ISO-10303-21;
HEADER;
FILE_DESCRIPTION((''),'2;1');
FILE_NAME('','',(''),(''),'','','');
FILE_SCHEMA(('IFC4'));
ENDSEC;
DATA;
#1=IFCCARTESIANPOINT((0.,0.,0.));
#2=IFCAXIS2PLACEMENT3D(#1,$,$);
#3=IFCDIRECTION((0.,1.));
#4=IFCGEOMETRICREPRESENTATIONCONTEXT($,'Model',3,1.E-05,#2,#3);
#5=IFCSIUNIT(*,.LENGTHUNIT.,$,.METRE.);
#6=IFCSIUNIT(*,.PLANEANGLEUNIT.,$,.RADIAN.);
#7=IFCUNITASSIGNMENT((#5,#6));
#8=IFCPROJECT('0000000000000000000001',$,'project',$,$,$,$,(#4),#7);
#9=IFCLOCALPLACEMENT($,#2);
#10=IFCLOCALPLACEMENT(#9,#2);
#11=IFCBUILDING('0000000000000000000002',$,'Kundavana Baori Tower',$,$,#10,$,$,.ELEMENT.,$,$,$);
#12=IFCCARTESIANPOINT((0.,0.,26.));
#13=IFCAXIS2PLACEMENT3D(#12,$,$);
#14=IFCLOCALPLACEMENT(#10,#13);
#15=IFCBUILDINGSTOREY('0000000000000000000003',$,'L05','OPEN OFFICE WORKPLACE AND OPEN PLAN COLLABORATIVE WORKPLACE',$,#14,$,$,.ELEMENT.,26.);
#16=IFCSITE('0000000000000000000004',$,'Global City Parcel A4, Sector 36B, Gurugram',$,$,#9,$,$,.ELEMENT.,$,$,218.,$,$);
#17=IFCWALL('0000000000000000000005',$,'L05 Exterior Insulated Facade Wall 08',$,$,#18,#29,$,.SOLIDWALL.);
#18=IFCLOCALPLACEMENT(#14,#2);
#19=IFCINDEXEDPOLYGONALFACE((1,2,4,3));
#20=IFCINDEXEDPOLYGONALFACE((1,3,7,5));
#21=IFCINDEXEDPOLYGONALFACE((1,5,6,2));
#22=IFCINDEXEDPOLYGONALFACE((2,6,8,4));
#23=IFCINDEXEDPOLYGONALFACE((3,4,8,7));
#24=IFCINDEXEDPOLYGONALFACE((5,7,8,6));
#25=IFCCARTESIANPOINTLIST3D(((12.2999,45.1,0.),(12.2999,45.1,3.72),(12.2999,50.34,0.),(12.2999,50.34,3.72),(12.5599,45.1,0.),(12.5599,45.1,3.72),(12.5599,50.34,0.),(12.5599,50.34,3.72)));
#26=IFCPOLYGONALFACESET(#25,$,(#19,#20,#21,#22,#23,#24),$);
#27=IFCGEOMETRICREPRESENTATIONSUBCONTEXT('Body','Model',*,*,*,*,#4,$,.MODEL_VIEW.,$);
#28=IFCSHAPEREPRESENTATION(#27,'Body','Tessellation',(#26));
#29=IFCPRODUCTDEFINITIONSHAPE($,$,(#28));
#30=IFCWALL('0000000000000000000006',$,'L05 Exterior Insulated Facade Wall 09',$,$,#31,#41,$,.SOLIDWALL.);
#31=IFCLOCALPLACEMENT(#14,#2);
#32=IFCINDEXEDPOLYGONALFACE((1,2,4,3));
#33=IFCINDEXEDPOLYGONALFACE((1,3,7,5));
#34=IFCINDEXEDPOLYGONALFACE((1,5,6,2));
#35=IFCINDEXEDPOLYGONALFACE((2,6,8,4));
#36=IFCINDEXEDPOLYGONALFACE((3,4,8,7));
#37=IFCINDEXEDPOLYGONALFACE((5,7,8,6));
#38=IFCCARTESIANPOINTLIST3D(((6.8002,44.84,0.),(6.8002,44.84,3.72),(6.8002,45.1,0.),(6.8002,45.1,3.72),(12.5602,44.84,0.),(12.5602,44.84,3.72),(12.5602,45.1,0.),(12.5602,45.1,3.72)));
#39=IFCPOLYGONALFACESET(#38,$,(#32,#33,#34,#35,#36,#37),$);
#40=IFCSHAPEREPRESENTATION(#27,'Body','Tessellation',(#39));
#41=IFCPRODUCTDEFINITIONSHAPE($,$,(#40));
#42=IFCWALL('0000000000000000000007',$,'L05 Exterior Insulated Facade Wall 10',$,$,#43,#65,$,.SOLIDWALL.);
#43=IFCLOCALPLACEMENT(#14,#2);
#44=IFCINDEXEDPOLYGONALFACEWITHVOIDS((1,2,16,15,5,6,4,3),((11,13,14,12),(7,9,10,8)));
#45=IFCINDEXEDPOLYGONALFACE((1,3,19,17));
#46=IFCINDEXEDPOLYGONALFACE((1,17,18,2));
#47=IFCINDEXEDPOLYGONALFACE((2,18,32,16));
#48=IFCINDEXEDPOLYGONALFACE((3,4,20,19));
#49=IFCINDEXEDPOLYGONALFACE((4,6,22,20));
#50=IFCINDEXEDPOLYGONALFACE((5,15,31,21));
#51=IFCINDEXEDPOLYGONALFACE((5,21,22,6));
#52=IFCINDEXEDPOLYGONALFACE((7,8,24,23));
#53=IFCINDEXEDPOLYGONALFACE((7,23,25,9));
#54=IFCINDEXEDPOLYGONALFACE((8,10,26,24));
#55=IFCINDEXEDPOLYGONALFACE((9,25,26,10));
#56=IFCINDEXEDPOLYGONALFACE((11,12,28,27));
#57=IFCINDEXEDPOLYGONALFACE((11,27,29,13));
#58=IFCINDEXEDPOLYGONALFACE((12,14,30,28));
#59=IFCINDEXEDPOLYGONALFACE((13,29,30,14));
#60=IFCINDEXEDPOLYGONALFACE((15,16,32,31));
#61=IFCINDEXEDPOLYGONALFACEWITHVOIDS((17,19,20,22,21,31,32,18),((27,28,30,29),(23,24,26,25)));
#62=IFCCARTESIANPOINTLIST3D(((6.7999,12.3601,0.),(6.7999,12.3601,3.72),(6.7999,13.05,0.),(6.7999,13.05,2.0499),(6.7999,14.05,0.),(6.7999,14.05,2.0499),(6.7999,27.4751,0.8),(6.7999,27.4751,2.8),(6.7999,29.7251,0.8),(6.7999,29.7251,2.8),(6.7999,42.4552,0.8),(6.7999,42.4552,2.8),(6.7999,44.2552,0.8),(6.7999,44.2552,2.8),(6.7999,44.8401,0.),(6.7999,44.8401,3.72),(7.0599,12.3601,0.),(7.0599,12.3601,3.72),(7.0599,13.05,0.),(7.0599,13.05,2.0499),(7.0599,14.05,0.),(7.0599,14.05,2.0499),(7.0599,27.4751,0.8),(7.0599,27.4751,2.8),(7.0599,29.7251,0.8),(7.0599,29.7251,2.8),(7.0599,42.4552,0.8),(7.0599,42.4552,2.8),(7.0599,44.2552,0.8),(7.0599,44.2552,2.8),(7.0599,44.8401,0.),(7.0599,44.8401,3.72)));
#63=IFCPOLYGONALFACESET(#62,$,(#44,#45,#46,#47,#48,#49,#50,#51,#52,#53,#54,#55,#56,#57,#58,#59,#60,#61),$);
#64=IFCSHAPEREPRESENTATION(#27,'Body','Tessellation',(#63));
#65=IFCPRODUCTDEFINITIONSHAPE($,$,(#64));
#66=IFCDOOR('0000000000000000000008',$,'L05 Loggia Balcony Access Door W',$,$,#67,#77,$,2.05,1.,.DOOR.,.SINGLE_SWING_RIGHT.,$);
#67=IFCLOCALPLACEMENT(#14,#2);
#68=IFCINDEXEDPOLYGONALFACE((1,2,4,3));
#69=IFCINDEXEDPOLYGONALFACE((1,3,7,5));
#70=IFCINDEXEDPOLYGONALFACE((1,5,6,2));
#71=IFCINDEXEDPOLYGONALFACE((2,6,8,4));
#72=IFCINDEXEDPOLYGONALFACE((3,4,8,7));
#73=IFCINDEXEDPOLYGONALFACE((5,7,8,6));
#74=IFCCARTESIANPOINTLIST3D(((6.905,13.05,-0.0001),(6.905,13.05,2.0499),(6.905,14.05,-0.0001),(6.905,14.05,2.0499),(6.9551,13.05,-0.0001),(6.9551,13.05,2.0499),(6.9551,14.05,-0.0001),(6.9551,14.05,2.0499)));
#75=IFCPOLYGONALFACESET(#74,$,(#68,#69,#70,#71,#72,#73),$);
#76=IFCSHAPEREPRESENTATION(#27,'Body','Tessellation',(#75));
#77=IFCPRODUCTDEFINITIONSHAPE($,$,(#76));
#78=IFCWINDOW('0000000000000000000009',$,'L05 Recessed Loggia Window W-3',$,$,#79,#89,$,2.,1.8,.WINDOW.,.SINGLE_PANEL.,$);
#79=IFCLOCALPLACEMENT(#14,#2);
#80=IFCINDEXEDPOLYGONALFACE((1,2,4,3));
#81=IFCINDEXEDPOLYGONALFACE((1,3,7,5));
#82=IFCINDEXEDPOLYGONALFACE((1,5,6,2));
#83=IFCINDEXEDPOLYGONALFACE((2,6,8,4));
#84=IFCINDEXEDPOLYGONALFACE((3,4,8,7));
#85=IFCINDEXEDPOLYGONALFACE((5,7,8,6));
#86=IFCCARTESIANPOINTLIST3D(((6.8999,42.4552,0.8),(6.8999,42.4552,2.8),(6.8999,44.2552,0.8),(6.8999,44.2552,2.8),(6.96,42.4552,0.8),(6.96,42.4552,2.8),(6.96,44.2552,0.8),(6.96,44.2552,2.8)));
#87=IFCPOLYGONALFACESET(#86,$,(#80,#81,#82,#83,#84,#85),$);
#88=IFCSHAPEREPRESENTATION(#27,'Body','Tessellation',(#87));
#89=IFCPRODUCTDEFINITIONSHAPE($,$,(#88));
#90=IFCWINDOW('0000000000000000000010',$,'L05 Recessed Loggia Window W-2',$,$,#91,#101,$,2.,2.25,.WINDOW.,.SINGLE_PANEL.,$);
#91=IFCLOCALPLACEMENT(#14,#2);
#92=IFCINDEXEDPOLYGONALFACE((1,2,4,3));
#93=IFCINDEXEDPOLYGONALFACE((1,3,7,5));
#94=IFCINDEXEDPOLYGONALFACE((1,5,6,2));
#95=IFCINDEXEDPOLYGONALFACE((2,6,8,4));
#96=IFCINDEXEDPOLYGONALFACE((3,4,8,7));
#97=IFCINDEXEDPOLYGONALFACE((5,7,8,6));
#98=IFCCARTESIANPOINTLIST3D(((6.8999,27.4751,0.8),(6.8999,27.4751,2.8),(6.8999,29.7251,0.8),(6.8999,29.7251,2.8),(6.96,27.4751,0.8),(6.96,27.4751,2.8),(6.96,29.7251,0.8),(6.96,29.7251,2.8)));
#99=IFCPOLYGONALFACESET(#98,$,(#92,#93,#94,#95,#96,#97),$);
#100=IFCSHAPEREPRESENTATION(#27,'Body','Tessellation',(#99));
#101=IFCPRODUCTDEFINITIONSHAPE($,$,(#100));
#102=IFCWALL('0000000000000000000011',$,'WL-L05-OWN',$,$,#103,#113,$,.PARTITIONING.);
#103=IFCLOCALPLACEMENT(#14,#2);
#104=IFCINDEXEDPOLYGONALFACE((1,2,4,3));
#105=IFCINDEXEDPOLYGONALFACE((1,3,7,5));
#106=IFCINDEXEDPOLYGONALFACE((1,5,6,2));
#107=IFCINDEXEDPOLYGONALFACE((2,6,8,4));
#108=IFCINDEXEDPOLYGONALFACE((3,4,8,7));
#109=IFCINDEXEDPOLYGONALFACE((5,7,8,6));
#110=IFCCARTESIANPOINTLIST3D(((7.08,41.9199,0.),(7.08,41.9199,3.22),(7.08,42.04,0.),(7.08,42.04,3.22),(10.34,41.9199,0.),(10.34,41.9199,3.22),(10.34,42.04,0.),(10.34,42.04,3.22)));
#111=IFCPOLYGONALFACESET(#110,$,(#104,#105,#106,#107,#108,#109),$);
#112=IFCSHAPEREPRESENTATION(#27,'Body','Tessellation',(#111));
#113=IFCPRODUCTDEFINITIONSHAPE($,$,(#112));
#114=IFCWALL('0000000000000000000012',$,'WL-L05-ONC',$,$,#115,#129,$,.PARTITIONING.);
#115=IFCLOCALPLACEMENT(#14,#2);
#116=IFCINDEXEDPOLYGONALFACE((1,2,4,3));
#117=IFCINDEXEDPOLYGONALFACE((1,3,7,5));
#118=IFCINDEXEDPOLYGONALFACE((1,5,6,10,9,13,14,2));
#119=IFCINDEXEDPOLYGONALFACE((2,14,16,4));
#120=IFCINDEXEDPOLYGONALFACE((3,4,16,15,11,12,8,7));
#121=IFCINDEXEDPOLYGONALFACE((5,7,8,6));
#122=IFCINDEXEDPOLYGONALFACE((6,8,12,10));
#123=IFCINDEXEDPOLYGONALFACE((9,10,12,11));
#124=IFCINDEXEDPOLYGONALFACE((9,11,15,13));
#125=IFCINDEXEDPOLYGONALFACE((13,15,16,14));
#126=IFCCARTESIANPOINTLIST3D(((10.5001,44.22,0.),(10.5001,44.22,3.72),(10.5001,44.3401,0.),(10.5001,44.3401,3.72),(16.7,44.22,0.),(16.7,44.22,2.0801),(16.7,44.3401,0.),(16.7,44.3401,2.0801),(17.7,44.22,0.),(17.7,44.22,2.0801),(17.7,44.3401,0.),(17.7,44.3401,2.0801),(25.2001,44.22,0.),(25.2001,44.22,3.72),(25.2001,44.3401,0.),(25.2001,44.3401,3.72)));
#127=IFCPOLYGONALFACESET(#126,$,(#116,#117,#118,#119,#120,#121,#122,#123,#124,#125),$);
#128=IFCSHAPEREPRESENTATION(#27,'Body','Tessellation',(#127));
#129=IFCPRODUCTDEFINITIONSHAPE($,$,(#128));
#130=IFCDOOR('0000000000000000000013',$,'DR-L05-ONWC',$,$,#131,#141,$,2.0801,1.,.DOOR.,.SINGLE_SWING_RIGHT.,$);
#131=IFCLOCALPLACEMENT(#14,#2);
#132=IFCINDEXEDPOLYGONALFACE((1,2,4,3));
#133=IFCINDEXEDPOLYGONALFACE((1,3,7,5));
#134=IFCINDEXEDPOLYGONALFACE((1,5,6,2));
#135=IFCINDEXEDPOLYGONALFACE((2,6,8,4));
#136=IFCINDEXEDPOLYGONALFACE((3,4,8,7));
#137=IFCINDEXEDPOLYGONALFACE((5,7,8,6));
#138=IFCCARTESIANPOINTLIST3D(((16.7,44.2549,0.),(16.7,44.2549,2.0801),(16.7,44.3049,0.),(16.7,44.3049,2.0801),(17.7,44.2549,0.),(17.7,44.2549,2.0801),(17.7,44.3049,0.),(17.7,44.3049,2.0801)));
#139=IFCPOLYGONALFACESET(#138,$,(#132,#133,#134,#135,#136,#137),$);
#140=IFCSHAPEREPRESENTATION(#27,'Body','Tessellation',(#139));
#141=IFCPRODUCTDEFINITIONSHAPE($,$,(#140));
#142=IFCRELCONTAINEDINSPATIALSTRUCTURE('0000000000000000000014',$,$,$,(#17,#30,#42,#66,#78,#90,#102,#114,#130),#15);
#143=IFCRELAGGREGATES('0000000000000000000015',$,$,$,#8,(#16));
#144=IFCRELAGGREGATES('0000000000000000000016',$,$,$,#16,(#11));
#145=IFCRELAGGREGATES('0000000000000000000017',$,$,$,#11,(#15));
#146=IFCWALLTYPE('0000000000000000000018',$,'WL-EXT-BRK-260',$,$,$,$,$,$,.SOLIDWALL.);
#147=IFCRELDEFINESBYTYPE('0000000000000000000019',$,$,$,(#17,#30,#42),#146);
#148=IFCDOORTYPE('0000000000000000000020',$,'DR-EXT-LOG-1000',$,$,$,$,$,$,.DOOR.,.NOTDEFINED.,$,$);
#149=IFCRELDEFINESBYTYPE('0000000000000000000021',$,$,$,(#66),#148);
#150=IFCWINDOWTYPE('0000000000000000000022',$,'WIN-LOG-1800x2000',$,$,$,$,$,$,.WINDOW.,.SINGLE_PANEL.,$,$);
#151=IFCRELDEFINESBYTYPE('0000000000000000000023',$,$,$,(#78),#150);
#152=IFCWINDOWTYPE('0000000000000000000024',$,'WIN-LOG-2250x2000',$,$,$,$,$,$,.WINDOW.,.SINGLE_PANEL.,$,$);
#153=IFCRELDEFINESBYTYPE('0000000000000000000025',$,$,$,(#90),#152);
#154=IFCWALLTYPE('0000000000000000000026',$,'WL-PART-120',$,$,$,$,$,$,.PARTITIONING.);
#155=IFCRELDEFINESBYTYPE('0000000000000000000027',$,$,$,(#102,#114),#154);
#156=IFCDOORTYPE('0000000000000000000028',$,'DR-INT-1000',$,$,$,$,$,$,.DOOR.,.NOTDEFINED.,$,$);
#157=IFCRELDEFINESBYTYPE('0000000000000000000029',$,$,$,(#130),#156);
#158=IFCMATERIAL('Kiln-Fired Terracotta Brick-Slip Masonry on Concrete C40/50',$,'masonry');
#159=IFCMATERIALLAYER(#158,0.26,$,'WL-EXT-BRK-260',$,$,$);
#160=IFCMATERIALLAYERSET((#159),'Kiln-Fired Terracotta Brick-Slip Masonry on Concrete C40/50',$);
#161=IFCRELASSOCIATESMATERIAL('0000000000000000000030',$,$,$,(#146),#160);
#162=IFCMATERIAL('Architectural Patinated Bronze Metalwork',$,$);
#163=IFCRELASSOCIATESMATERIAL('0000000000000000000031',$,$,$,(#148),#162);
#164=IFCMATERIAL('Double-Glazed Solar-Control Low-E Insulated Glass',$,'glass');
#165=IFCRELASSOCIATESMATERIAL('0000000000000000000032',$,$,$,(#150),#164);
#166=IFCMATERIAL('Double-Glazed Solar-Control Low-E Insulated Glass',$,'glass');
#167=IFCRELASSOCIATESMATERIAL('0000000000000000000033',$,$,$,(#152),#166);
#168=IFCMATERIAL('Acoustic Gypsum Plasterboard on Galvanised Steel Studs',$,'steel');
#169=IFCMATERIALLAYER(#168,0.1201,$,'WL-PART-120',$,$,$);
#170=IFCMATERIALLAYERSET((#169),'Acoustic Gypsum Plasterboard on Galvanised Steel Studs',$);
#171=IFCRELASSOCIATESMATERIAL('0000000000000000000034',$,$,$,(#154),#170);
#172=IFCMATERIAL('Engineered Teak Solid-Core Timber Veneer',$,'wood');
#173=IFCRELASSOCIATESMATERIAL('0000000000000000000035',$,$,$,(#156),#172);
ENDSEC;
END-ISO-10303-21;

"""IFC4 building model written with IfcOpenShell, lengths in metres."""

from ifc_helpers import new_model, si_unit, direction, frame, frame_2d, origin, place, context, subcontext, project, spatial, rectangle, extrude, material, layer, layer_set, type_object, element, fill, save


model = new_model("IFC4")

# Units and contexts
model_context = context("Model", 3, precision=1e-05, world=origin(), true_north=direction((0.0, 1.0)))
body_context = subcontext(model_context, "Body", "Model", "MODEL_VIEW")
ifc_project = project(units=[si_unit("LENGTHUNIT", "METRE"), si_unit("PLANEANGLEUNIT", "RADIAN")], contexts=[model_context])

# Site, building, storey
site_placement = place(None, origin())
site = spatial("IfcSite", under=ifc_project, at=site_placement, Name="Global City Parcel A4, Sector 36B, Gurugram", CompositionType="ELEMENT", RefElevation=218.0)
building_placement = place(site_placement, origin())
building = spatial("IfcBuilding", under=site, at=building_placement, Name="Kundavana Baori Tower", CompositionType="ELEMENT")
storey_placement = place(building_placement, frame((0.0, 0.0, 26.0)))
storey = spatial("IfcBuildingStorey", under=building, at=storey_placement, Name="L05", Description="OPEN OFFICE WORKPLACE AND OPEN PLAN COLLABORATIVE WORKPLACE", CompositionType="ELEMENT", Elevation=26.0)

# Walls
ifc_material_1 = material(Name="Kiln-Fired Terracotta Brick-Slip Masonry on Concrete C40/50", Category="masonry")
ifc_layer_1 = layer(ifc_material_1, 0.26, Name="WL-EXT-BRK-260")
ifc_layer_set_1 = layer_set([ifc_layer_1], Name="Kiln-Fired Terracotta Brick-Slip Masonry on Concrete C40/50")
wall_type_1 = type_object("IfcWallType", Name="WL-EXT-BRK-260", PredefinedType="SOLIDWALL", material=ifc_layer_set_1)
wall_1_placement = place(storey_placement, frame((12.4299, 50.3401, 0.0), z_axis=(0.0, 0.0, 1.0), x_axis=(0.0, -1.0, 0.0)))
element("IfcWall", 1, at=wall_1_placement, inside=storey, type_object=wall_type_1, Name="L05 Exterior Insulated Facade Wall 08", PredefinedType="SOLIDWALL", context=body_context, shape_type="SweptSolid", body=[
    extrude(rectangle(XDim=5.24, YDim=0.26, at=frame_2d((2.6201, 0.0))), origin(), (0.0, 0.0, 1.0), 3.72),
])
wall_2_placement = place(storey_placement, frame((12.5601, 44.97, 0.0), z_axis=(0.0, 0.0, 1.0), x_axis=(-1.0, 0.0, 0.0)))
element("IfcWall", 2, at=wall_2_placement, inside=storey, type_object=wall_type_1, Name="L05 Exterior Insulated Facade Wall 09", PredefinedType="SOLIDWALL", context=body_context, shape_type="SweptSolid", body=[
    extrude(rectangle(XDim=5.76, YDim=0.26, at=frame_2d((2.8799, 0.0))), origin(), (0.0, 0.0, 1.0), 3.72),
])

# Wall, openings, door, windows
wall_3_placement = place(storey_placement, frame((6.9299, 44.8401, 0.0), z_axis=(0.0, 0.0, 1.0), x_axis=(0.0, -1.0, 0.0)))
wall_3 = element("IfcWall", 3, at=wall_3_placement, inside=storey, type_object=wall_type_1, Name="L05 Exterior Insulated Facade Wall 10", PredefinedType="SOLIDWALL", context=body_context, shape_type="SweptSolid", body=[
    extrude(rectangle(XDim=32.48, YDim=0.26, at=frame_2d((16.24, 0.0))), origin(), (0.0, 0.0, 1.0), 3.72),
])
opening_1_placement = place(wall_3_placement, frame((30.79, 0.0, 0.0)))
opening_1 = element("IfcOpeningElement", 4, at=opening_1_placement, cuts=wall_3, PredefinedType="OPENING", context=body_context, shape_type="SweptSolid", body=[
    extrude(rectangle(XDim=1.0, YDim=2.05, at=frame_2d((0.5, 1.0249))), frame((0.0, 0.1401, 0.0), z_axis=(0.0, -1.0, 0.0), x_axis=(1.0, 0.0, 0.0)), (0.0, 0.0, 1.0), 0.28),
])
opening_2_placement = place(wall_3_placement, frame((15.115, 0.0, 0.8)))
opening_2 = element("IfcOpeningElement", 5, at=opening_2_placement, cuts=wall_3, PredefinedType="OPENING", context=body_context, shape_type="SweptSolid", body=[
    extrude(rectangle(XDim=2.25, YDim=2.0, at=frame_2d((1.125, 1.0))), frame((0.0, 0.1401, 0.0), z_axis=(0.0, -1.0, 0.0), x_axis=(1.0, 0.0, 0.0)), (0.0, 0.0, 1.0), 0.28),
])
opening_3_placement = place(wall_3_placement, frame((0.585, 0.0, 0.8)))
opening_3 = element("IfcOpeningElement", 6, at=opening_3_placement, cuts=wall_3, PredefinedType="OPENING", context=body_context, shape_type="SweptSolid", body=[
    extrude(rectangle(XDim=1.8, YDim=2.0, at=frame_2d((0.8999, 1.0))), frame((0.0, 0.1401, 0.0), z_axis=(0.0, -1.0, 0.0), x_axis=(1.0, 0.0, 0.0)), (0.0, 0.0, 1.0), 0.28),
])
ifc_material_2 = material(Name="Architectural Patinated Bronze Metalwork")
door_type_1 = type_object("IfcDoorType", Name="DR-EXT-LOG-1000", OperationType="NOTDEFINED", PredefinedType="DOOR", material=ifc_material_2)
door_1_placement = place(opening_1_placement, frame((1.0, 0.0, 0.0), z_axis=(0.0, 0.0, 1.0), x_axis=(-1.0, 0.0, 0.0)))
door_1 = element("IfcDoor", 7, at=door_1_placement, inside=storey, type_object=door_type_1, Name="L05 Loggia Balcony Access Door W", OperationType="SINGLE_SWING_RIGHT", OverallHeight=2.05, OverallWidth=1.0, PredefinedType="DOOR", context=body_context, shape_type="SweptSolid", body=[
    extrude(rectangle(XDim=1.0, YDim=2.05, at=frame_2d((0.5, 1.0249))), frame((0.0, 0.0249, 0.0), z_axis=(0.0, -1.0, 0.0), x_axis=(1.0, 0.0, 0.0)), (0.0, 0.0, 1.0), 0.05),
])
fill(opening_1, door_1)
ifc_material_3 = material(Name="Double-Glazed Solar-Control Low-E Insulated Glass", Category="glass")
window_type_1 = type_object("IfcWindowType", Name="WIN-LOG-1800x2000", PartitioningType="SINGLE_PANEL", PredefinedType="WINDOW", material=ifc_material_3)
window_1_placement = place(opening_3_placement, origin())
window_1 = element("IfcWindow", 8, at=window_1_placement, inside=storey, type_object=window_type_1, Name="L05 Recessed Loggia Window W-3", OverallHeight=2.0, OverallWidth=1.8, PartitioningType="SINGLE_PANEL", PredefinedType="WINDOW", context=body_context, shape_type="SweptSolid", body=[
    extrude(rectangle(XDim=1.8, YDim=2.0, at=frame_2d((0.8999, 1.0))), frame((0.0, 0.03, 0.0), z_axis=(0.0, -1.0, 0.0), x_axis=(1.0, 0.0, 0.0)), (0.0, 0.0, 1.0), 0.0601),
])
fill(opening_3, window_1)
ifc_material_4 = material(Name="Double-Glazed Solar-Control Low-E Insulated Glass", Category="glass")
window_type_2 = type_object("IfcWindowType", Name="WIN-LOG-2250x2000", PartitioningType="SINGLE_PANEL", PredefinedType="WINDOW", material=ifc_material_4)
window_2_placement = place(opening_2_placement, origin())
window_2 = element("IfcWindow", 9, at=window_2_placement, inside=storey, type_object=window_type_2, Name="L05 Recessed Loggia Window W-2", OverallHeight=2.0, OverallWidth=2.25, PartitioningType="SINGLE_PANEL", PredefinedType="WINDOW", context=body_context, shape_type="SweptSolid", body=[
    extrude(rectangle(XDim=2.25, YDim=2.0, at=frame_2d((1.125, 1.0))), frame((0.0, 0.03, 0.0), z_axis=(0.0, -1.0, 0.0), x_axis=(1.0, 0.0, 0.0)), (0.0, 0.0, 1.0), 0.0601),
])
fill(opening_2, window_2)

# Wall
ifc_material_5 = material(Name="Acoustic Gypsum Plasterboard on Galvanised Steel Studs", Category="steel")
ifc_layer_2 = layer(ifc_material_5, 0.1201, Name="WL-PART-120")
ifc_layer_set_2 = layer_set([ifc_layer_2], Name="Acoustic Gypsum Plasterboard on Galvanised Steel Studs")
wall_type_2 = type_object("IfcWallType", Name="WL-PART-120", PredefinedType="PARTITIONING", material=ifc_layer_set_2)
wall_4_placement = place(storey_placement, frame((7.0801, 41.98, 0.0), z_axis=(0.0, 0.0, 1.0), x_axis=(1.0, 0.0, 0.0)))
element("IfcWall", 10, at=wall_4_placement, inside=storey, type_object=wall_type_2, Name="WL-L05-OWN", PredefinedType="PARTITIONING", context=body_context, shape_type="SweptSolid", body=[
    extrude(rectangle(XDim=3.26, YDim=0.1201, at=frame_2d((1.6299, 0.0))), origin(), (0.0, 0.0, 1.0), 3.22),
])

# Wall, opening, door
wall_5_placement = place(storey_placement, frame((10.5, 44.28, 0.0), z_axis=(0.0, 0.0, 1.0), x_axis=(1.0, 0.0, 0.0)))
wall_5 = element("IfcWall", 11, at=wall_5_placement, inside=storey, type_object=wall_type_2, Name="WL-L05-ONC", PredefinedType="PARTITIONING", context=body_context, shape_type="SweptSolid", body=[
    extrude(rectangle(XDim=14.7, YDim=0.1201, at=frame_2d((7.3501, 0.0))), origin(), (0.0, 0.0, 1.0), 3.72),
])
opening_4_placement = place(wall_5_placement, frame((6.2, 0.0, 0.0)))
opening_4 = element("IfcOpeningElement", 12, at=opening_4_placement, cuts=wall_5, PredefinedType="OPENING", context=body_context, shape_type="SweptSolid", body=[
    extrude(rectangle(XDim=1.0, YDim=2.0801, at=frame_2d((0.5, 1.04))), frame((0.0, 0.0701, 0.0), z_axis=(0.0, -1.0, 0.0), x_axis=(1.0, 0.0, 0.0)), (0.0, 0.0, 1.0), 0.1401),
])
ifc_material_6 = material(Name="Engineered Teak Solid-Core Timber Veneer", Category="wood")
door_type_2 = type_object("IfcDoorType", Name="DR-INT-1000", OperationType="NOTDEFINED", PredefinedType="DOOR", material=ifc_material_6)
door_2_placement = place(opening_4_placement, origin())
door_2 = element("IfcDoor", 13, at=door_2_placement, inside=storey, type_object=door_type_2, Name="DR-L05-ONWC", OperationType="SINGLE_SWING_RIGHT", OverallHeight=2.0801, OverallWidth=1.0, PredefinedType="DOOR", context=body_context, shape_type="SweptSolid", body=[
    extrude(rectangle(XDim=1.0, YDim=2.0801, at=frame_2d((0.5, 1.04))), frame((0.0, 0.0249, 0.0), z_axis=(0.0, -1.0, 0.0), x_axis=(1.0, 0.0, 0.0)), (0.0, 0.0, 1.0), 0.05),
])
fill(opening_4, door_2)

save(model, "model.ifc")
